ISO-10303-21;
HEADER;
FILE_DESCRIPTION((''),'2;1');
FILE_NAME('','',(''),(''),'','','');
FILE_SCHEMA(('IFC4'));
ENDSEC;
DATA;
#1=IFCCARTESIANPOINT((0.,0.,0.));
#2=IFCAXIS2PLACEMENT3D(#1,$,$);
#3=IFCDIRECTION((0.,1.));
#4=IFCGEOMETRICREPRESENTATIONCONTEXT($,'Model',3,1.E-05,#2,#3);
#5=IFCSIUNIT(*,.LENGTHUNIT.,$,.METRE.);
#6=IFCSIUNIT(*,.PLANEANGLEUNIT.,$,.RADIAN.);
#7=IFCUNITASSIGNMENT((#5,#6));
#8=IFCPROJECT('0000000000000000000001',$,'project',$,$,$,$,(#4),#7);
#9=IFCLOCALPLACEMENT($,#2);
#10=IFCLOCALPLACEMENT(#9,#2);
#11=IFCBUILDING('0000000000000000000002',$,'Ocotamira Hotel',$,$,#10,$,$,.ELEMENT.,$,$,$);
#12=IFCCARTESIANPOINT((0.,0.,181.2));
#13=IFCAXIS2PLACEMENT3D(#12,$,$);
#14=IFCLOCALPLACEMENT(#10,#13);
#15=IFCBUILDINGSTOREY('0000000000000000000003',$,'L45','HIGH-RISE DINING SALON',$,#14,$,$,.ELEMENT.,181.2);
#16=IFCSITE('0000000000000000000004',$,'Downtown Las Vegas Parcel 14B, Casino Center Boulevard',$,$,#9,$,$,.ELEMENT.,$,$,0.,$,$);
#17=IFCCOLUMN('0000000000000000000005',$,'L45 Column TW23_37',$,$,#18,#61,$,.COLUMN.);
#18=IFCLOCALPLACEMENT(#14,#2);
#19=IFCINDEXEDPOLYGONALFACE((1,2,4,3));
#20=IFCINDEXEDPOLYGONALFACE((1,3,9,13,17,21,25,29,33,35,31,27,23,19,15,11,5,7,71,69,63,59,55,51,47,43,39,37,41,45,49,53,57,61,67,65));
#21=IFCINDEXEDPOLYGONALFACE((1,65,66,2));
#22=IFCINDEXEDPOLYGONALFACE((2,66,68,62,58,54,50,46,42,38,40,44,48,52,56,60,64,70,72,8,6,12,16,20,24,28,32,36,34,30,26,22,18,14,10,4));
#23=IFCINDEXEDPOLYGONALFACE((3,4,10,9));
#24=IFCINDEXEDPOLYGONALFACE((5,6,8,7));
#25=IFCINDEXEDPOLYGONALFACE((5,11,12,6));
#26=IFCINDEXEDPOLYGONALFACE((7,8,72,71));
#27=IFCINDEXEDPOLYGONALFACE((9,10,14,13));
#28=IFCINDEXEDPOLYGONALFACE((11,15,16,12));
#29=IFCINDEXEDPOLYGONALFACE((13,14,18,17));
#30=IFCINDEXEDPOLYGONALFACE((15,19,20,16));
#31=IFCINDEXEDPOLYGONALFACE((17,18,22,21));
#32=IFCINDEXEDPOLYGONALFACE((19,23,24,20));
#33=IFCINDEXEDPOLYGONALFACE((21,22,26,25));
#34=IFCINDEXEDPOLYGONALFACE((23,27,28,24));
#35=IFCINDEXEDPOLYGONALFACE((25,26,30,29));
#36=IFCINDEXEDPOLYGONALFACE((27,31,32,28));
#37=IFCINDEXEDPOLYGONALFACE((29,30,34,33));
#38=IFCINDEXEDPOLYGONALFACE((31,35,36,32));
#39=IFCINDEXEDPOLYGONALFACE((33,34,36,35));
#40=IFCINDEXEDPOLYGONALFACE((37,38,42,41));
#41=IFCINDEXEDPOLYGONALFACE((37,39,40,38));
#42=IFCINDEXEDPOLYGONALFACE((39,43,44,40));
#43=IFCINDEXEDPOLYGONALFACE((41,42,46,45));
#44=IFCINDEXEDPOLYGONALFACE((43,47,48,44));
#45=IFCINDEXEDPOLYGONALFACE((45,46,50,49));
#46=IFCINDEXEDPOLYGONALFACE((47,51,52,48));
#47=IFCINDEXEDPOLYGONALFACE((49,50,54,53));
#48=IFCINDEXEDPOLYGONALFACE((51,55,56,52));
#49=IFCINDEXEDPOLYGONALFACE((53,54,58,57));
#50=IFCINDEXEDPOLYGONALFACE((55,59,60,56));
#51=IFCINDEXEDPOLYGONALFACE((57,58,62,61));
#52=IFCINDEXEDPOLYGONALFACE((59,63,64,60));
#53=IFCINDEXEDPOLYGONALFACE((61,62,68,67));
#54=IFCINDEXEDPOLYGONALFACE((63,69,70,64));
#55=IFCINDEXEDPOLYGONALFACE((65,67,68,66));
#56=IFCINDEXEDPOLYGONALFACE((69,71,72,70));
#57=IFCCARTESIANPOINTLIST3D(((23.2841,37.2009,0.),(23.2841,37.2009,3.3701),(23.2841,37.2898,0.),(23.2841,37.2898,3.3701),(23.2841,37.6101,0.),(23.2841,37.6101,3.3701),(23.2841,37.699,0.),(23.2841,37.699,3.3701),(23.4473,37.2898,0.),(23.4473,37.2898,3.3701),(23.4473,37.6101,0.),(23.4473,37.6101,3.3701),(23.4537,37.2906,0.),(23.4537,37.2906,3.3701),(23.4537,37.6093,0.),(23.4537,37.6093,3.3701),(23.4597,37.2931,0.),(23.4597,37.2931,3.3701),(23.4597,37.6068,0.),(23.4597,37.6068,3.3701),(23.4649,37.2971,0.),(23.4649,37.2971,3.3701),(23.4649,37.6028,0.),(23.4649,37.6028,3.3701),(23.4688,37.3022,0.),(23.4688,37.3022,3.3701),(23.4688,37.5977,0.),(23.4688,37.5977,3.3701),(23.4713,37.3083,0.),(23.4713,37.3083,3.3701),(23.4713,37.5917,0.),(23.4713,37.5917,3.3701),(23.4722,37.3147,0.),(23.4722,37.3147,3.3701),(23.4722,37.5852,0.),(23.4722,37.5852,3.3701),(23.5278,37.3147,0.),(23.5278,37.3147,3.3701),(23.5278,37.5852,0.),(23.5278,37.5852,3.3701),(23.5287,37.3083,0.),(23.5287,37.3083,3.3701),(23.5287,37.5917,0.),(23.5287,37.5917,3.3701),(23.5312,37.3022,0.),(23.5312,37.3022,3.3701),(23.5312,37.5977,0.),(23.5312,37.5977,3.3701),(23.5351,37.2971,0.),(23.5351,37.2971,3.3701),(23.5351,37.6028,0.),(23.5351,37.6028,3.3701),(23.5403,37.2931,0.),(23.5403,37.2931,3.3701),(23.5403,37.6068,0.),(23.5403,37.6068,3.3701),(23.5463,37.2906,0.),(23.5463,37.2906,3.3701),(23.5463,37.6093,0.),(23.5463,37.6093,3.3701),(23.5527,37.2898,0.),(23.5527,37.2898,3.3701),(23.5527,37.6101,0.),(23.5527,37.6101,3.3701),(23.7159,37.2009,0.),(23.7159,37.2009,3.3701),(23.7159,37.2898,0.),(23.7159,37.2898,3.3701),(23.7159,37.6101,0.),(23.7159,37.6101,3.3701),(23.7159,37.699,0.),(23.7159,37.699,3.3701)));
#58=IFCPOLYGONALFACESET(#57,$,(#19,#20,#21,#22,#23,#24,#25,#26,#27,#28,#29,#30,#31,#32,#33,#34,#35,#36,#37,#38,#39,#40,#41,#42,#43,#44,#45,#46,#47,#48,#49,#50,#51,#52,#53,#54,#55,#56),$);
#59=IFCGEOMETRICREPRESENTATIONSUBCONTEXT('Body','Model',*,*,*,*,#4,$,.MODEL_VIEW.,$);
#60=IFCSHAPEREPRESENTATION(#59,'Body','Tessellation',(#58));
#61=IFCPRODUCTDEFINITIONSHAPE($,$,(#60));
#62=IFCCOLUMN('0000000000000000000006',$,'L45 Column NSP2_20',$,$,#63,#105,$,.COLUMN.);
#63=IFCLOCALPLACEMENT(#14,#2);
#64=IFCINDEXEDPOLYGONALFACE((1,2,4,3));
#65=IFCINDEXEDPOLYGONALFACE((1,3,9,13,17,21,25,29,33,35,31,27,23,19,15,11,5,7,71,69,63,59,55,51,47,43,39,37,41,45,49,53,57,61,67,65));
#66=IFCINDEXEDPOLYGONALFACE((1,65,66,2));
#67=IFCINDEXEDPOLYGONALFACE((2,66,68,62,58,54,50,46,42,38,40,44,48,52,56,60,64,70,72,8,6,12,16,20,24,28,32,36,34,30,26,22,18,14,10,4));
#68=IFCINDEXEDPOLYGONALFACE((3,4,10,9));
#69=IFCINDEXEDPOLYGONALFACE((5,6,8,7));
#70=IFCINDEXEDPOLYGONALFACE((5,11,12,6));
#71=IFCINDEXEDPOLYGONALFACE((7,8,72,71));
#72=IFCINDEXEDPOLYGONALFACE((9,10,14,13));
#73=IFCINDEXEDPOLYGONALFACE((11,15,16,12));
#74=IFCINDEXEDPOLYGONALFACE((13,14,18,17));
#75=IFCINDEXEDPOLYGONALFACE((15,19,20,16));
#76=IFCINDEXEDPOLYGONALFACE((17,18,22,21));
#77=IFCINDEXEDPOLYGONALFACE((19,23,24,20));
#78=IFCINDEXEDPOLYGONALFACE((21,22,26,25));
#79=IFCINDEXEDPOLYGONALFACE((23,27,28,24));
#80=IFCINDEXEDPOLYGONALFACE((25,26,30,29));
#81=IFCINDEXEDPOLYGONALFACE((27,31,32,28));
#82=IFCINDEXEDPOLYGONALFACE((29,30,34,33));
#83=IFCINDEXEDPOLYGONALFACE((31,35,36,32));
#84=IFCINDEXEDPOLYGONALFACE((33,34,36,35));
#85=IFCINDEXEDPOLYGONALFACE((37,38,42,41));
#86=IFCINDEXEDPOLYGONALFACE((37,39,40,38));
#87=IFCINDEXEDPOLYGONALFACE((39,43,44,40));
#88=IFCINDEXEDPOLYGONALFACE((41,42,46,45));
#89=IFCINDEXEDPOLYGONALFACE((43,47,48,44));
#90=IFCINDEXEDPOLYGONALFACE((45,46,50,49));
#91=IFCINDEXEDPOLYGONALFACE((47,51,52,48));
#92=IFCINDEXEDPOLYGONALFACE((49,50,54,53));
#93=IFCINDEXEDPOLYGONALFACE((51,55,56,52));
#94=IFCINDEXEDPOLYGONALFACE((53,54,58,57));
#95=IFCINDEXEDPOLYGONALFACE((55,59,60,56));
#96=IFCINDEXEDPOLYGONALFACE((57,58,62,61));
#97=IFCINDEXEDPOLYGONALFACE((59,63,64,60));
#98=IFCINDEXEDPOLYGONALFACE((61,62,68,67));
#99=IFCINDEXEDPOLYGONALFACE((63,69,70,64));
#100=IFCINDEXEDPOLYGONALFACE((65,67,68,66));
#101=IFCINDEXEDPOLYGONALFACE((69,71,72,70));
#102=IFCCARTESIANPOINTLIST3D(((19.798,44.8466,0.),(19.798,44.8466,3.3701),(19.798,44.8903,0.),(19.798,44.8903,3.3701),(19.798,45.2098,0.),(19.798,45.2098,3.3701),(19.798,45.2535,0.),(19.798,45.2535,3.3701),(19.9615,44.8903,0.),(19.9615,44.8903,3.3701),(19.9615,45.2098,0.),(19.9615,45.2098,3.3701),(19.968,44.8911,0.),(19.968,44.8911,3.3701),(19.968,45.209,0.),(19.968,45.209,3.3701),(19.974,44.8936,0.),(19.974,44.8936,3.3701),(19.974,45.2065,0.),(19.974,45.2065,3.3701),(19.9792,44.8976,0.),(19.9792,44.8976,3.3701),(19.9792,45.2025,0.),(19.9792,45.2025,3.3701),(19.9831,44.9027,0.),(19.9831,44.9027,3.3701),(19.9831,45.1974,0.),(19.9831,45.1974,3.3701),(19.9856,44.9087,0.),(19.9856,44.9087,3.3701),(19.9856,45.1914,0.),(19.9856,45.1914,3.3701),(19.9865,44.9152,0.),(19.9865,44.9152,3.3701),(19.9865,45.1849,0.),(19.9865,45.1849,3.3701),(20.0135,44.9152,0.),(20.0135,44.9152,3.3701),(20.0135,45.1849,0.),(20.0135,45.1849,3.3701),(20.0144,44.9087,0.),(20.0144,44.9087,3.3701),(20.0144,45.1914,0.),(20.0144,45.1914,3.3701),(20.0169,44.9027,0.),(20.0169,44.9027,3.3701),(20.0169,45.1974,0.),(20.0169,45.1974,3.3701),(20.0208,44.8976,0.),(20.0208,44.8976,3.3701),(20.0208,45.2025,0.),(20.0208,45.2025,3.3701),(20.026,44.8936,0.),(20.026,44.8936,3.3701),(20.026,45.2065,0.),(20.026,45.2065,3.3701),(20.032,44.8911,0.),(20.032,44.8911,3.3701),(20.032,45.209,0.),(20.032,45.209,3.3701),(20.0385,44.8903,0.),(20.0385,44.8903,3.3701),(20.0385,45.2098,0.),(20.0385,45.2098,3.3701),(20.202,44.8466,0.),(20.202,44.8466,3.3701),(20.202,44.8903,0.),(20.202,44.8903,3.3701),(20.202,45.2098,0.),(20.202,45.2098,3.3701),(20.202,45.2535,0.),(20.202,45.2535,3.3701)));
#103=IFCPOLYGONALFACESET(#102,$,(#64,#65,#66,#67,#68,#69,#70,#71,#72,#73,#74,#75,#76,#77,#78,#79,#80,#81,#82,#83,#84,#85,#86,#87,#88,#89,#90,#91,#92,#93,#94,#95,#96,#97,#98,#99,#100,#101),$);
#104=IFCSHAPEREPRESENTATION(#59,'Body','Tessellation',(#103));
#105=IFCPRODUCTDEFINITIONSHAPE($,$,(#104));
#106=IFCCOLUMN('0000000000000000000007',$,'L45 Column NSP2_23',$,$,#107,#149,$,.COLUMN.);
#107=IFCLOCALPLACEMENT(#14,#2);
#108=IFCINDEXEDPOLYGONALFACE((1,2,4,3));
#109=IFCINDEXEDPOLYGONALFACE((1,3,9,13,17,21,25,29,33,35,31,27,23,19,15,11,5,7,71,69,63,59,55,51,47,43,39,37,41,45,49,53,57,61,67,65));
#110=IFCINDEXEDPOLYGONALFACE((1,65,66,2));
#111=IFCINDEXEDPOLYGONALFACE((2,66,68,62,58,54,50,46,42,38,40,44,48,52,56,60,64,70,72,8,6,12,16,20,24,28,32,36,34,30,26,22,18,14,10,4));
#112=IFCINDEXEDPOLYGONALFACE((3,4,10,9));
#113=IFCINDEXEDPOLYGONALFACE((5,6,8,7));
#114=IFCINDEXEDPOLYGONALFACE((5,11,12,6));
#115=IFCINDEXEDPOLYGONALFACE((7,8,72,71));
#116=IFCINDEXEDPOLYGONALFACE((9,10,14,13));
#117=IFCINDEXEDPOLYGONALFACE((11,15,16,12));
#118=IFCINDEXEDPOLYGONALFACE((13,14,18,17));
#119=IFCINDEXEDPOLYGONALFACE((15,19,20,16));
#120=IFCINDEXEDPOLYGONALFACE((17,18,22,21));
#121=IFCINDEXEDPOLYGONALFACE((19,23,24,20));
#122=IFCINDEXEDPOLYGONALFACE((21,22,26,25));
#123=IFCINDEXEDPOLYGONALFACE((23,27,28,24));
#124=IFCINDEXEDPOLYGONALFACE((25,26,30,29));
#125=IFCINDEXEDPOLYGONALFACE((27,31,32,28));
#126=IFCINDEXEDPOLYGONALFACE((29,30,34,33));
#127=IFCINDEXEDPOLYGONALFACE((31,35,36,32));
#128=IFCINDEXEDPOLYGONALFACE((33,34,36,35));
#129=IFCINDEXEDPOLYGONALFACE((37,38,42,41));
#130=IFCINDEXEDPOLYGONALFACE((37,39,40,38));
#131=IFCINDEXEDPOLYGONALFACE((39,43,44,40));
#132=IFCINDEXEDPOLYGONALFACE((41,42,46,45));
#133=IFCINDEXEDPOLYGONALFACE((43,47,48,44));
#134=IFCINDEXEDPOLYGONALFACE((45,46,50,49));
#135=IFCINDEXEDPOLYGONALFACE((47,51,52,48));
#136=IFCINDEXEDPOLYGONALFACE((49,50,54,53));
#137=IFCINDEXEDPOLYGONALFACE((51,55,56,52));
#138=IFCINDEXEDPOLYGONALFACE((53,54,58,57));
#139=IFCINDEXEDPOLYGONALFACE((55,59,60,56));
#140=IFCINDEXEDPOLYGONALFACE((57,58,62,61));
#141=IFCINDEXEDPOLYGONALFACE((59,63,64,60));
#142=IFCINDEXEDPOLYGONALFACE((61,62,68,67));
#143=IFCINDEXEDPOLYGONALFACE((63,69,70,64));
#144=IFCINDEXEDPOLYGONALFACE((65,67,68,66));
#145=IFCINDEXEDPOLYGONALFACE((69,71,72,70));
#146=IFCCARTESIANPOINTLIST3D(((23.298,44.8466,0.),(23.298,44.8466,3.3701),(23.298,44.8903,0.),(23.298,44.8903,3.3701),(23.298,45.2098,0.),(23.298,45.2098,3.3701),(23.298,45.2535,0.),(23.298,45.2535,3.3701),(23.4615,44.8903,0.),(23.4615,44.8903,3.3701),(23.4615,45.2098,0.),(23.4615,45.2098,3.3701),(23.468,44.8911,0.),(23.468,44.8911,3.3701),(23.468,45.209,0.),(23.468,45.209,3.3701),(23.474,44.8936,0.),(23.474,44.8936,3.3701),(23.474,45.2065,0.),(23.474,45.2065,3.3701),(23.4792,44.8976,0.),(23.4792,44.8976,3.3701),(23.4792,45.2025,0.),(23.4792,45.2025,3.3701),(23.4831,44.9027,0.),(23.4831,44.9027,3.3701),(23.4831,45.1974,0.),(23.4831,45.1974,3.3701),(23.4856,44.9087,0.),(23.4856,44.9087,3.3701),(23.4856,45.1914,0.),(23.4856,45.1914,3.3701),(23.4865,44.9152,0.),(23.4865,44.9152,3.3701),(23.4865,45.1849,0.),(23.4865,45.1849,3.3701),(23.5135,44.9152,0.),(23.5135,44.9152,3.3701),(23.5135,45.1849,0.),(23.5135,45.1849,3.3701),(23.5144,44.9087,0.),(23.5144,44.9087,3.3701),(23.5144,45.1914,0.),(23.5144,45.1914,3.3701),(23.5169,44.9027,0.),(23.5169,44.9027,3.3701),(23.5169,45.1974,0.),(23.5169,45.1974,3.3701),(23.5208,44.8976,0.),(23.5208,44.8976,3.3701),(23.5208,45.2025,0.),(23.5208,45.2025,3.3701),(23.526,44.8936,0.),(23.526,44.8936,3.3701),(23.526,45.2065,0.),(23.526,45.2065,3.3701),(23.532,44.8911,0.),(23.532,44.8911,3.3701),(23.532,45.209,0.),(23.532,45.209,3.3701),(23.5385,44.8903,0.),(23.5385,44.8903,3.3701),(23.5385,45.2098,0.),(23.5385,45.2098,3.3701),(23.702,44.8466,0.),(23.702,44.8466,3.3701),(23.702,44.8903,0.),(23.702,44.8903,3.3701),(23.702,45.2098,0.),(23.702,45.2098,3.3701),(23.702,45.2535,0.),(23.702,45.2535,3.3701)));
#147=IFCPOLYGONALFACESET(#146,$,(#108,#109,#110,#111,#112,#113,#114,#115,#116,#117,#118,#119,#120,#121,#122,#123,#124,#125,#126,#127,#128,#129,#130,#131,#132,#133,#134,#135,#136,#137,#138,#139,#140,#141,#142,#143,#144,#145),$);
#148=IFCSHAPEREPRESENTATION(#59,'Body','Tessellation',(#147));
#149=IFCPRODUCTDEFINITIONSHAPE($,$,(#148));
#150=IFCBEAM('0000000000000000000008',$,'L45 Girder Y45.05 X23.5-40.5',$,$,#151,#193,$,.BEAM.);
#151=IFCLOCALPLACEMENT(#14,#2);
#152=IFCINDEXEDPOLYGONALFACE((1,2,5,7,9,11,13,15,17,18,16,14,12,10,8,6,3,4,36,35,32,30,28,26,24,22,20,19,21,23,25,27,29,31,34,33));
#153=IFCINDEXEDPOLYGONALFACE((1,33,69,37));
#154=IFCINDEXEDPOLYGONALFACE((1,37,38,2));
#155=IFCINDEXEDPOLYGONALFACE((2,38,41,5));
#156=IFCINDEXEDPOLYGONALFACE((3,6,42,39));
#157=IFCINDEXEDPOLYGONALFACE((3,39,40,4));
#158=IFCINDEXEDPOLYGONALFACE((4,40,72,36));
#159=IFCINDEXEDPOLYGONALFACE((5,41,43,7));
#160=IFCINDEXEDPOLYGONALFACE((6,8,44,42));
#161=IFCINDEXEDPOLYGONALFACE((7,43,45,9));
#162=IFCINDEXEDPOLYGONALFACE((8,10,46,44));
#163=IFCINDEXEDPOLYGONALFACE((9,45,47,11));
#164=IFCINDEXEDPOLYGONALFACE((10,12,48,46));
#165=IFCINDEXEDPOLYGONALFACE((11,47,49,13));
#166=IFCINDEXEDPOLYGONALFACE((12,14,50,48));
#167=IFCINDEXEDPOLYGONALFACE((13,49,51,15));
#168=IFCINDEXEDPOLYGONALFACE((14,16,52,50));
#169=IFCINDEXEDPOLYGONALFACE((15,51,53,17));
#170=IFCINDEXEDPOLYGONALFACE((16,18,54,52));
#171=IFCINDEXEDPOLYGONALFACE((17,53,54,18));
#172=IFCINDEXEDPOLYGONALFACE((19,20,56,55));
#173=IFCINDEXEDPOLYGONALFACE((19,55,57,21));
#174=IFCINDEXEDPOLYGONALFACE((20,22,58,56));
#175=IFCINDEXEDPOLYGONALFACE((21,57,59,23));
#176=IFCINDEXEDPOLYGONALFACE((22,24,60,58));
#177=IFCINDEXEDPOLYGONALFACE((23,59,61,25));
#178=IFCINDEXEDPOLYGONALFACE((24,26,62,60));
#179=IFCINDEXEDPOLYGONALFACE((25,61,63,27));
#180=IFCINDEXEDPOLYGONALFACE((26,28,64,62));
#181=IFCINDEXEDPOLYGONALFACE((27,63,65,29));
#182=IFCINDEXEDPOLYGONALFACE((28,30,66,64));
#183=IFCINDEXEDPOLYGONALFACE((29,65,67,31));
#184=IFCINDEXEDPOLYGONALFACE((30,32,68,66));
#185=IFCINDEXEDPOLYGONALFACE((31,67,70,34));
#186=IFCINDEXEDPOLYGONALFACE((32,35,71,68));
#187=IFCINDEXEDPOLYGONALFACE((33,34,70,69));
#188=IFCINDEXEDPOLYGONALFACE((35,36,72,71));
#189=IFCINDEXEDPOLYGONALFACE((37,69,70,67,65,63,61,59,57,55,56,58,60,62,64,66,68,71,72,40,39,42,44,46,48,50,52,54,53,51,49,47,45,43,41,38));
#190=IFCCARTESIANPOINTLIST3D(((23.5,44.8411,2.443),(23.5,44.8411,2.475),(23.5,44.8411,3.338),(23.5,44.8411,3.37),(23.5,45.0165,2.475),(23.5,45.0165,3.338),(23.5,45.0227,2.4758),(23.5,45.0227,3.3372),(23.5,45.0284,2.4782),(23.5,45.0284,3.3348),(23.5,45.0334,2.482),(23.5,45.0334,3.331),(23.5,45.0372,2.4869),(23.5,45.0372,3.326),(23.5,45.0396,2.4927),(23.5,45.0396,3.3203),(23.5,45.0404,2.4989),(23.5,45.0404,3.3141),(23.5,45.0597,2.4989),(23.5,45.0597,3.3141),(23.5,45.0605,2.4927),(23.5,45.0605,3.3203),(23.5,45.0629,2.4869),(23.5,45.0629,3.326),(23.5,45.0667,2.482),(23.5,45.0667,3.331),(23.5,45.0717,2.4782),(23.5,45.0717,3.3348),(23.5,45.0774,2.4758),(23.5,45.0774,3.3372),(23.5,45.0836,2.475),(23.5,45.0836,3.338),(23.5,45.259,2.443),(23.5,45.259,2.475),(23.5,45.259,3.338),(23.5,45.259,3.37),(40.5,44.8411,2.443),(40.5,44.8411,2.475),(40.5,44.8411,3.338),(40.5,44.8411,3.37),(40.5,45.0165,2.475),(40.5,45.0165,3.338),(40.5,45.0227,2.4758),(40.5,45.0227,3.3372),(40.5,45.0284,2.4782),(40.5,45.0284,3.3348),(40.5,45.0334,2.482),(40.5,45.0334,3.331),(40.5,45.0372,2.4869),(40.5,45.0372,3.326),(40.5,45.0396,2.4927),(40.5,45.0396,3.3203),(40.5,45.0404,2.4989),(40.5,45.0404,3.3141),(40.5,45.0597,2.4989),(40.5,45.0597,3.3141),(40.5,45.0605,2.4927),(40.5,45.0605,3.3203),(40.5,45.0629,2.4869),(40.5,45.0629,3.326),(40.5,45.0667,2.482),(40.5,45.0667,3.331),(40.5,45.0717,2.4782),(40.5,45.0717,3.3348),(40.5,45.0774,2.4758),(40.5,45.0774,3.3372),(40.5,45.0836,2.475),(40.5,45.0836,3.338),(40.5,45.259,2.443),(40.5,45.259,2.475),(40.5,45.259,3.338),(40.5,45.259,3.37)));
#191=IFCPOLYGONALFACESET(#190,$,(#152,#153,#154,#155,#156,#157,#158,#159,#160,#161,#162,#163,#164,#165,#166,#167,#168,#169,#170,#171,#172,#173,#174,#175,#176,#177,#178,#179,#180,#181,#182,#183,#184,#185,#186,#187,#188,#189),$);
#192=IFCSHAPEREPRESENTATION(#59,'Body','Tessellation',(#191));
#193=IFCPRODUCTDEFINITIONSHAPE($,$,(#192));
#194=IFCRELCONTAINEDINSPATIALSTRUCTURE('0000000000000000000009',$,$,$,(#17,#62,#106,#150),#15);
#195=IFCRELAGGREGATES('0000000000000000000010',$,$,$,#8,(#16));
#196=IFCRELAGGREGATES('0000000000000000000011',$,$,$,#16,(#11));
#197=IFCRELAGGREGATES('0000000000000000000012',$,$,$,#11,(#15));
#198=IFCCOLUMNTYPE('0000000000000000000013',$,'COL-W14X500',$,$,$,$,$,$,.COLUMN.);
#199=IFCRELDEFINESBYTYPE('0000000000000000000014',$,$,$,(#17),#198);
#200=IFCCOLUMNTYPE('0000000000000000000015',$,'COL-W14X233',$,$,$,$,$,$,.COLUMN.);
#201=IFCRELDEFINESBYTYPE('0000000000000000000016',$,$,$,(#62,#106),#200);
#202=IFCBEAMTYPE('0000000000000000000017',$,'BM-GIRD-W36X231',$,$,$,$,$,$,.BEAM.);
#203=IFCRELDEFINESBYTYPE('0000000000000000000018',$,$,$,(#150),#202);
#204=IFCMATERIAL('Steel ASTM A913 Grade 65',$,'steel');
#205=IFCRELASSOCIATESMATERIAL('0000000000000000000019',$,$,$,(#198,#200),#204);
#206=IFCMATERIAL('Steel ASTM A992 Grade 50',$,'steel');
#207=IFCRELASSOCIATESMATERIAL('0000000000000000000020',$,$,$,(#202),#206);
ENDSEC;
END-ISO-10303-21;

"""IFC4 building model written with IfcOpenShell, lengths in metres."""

from ifc_helpers import new_model, si_unit, direction, frame, origin, origin_2d, place, context, subcontext, project, spatial, i_section, extrude, source, transform, mapped, material, material_profile, profile_set, type_object, element, save


model = new_model("IFC4")

# Units and contexts
model_context = context("Model", 3, precision=1e-05, world=origin(), true_north=direction((0.0, 1.0)))
body_context = subcontext(model_context, "Body", "Model", "MODEL_VIEW")
ifc_project = project(units=[si_unit("LENGTHUNIT", "METRE"), si_unit("PLANEANGLEUNIT", "RADIAN")], contexts=[model_context])

# Site, building, storey
site_placement = place(None, origin())
site = spatial("IfcSite", under=ifc_project, at=site_placement, Name="Downtown Las Vegas Parcel 14B, Casino Center Boulevard", CompositionType="ELEMENT", RefElevation=0.0)
building_placement = place(site_placement, origin())
building = spatial("IfcBuilding", under=site, at=building_placement, Name="Ocotamira Hotel", CompositionType="ELEMENT")
storey_placement = place(building_placement, frame((0.0, 0.0, 181.2)))
storey = spatial("IfcBuildingStorey", under=building, at=storey_placement, Name="L45", Description="HIGH-RISE DINING SALON", CompositionType="ELEMENT", Elevation=181.2)

# Columns
ifc_material_1 = material(Name="Steel ASTM A913 Grade 65", Category="steel")
ifc_material_profile_1 = material_profile(ifc_material_1, i_section(OverallWidth=0.4319, OverallDepth=0.498, WebThickness=0.0557, FlangeThickness=0.0889, FilletRadius=0.0249, at=origin_2d()), Name="W14X500")
ifc_profile_set_1 = profile_set([ifc_material_profile_1], Name="Steel ASTM A913 Grade 65")
column_type_1 = type_object("IfcColumnType", Name="COL-W14X500", PredefinedType="COLUMN", material=ifc_profile_set_1)
shared_shape_1 = source(origin(), body_context, "Body", "SweptSolid", [
    extrude(i_section(OverallWidth=0.4319, OverallDepth=0.498, WebThickness=0.0557, FlangeThickness=0.0889, FilletRadius=0.0249, at=origin_2d()), origin(), (0.0, 0.0, 1.0), 3.3701),
])
column_placement = place(storey_placement, frame((23.5, 37.45, 0.0), z_axis=(0.0, 0.0, 1.0), x_axis=(1.0, 0.0, 0.0)))
element("IfcColumn", 1, at=column_placement, inside=storey, type_object=column_type_1, Name="L45 Column TW23_37", PredefinedType="COLUMN", context=body_context, shape_type="MappedRepresentation", body=[
    mapped(shared_shape_1, transform((0.0, 0.0, 0.0), scale=1.0)),
])
ifc_material_profile_2 = material_profile(ifc_material_1, i_section(OverallWidth=0.4041, OverallDepth=0.407, WebThickness=0.0271, FlangeThickness=0.0437, FilletRadius=0.0249, at=origin_2d()), Name="W14X233")
ifc_profile_set_2 = profile_set([ifc_material_profile_2], Name="Steel ASTM A913 Grade 65")
column_type_2 = type_object("IfcColumnType", Name="COL-W14X233", PredefinedType="COLUMN", material=ifc_profile_set_2)
shared_shape_2 = source(origin(), body_context, "Body", "SweptSolid", [
    extrude(i_section(OverallWidth=0.4041, OverallDepth=0.407, WebThickness=0.0271, FlangeThickness=0.0437, FilletRadius=0.0249, at=origin_2d()), origin(), (0.0, 0.0, 1.0), 3.3701),
])
for number, where, z_axis, x_axis, name in (
    (2, (20.0, 45.05, 0.0), (0.0, 0.0, 1.0), (1.0, 0.0, 0.0), "L45 Column NSP2_20"),
    (3, (23.5, 45.05, 0.0), (0.0, 0.0, 1.0), (1.0, 0.0, 0.0), "L45 Column NSP2_23"),
):
    element("IfcColumn", number, at=place(storey_placement, frame(where, z_axis=z_axis, x_axis=x_axis)), inside=storey, type_object=column_type_2, Name=name, PredefinedType="COLUMN", context=body_context, shape_type="MappedRepresentation", body=[
        mapped(shared_shape_2, transform((0.0, 0.0, 0.0), scale=1.0)),
    ])

# Beam
ifc_material_2 = material(Name="Steel ASTM A992 Grade 50", Category="steel")
ifc_material_profile_3 = material_profile(ifc_material_2, i_section(OverallWidth=0.418, OverallDepth=0.927, WebThickness=0.0193, FlangeThickness=0.032, FilletRadius=0.0239, at=origin_2d()), Name="W36X231")
ifc_profile_set_3 = profile_set([ifc_material_profile_3], Name="Steel ASTM A992 Grade 50")
beam_type_1 = type_object("IfcBeamType", Name="BM-GIRD-W36X231", PredefinedType="BEAM", material=ifc_profile_set_3)
shared_shape_3 = source(origin(), body_context, "Body", "SweptSolid", [
    extrude(i_section(OverallWidth=0.418, OverallDepth=0.927, WebThickness=0.0193, FlangeThickness=0.032, FilletRadius=0.0239, at=origin_2d()), origin(), (0.0, 0.0, 1.0), 17.0),
])
beam_1_placement = place(storey_placement, frame((23.5, 45.05, 2.9065), z_axis=(1.0, 0.0, 0.0), x_axis=(0.0, 1.0, 0.0)))
element("IfcBeam", 4, at=beam_1_placement, inside=storey, type_object=beam_type_1, Name="L45 Girder Y45.05 X23.5-40.5", PredefinedType="BEAM", context=body_context, shape_type="MappedRepresentation", body=[
    mapped(shared_shape_3, transform((0.0, 0.0, 0.0), scale=1.0)),
])

save(model, "model.ifc")
